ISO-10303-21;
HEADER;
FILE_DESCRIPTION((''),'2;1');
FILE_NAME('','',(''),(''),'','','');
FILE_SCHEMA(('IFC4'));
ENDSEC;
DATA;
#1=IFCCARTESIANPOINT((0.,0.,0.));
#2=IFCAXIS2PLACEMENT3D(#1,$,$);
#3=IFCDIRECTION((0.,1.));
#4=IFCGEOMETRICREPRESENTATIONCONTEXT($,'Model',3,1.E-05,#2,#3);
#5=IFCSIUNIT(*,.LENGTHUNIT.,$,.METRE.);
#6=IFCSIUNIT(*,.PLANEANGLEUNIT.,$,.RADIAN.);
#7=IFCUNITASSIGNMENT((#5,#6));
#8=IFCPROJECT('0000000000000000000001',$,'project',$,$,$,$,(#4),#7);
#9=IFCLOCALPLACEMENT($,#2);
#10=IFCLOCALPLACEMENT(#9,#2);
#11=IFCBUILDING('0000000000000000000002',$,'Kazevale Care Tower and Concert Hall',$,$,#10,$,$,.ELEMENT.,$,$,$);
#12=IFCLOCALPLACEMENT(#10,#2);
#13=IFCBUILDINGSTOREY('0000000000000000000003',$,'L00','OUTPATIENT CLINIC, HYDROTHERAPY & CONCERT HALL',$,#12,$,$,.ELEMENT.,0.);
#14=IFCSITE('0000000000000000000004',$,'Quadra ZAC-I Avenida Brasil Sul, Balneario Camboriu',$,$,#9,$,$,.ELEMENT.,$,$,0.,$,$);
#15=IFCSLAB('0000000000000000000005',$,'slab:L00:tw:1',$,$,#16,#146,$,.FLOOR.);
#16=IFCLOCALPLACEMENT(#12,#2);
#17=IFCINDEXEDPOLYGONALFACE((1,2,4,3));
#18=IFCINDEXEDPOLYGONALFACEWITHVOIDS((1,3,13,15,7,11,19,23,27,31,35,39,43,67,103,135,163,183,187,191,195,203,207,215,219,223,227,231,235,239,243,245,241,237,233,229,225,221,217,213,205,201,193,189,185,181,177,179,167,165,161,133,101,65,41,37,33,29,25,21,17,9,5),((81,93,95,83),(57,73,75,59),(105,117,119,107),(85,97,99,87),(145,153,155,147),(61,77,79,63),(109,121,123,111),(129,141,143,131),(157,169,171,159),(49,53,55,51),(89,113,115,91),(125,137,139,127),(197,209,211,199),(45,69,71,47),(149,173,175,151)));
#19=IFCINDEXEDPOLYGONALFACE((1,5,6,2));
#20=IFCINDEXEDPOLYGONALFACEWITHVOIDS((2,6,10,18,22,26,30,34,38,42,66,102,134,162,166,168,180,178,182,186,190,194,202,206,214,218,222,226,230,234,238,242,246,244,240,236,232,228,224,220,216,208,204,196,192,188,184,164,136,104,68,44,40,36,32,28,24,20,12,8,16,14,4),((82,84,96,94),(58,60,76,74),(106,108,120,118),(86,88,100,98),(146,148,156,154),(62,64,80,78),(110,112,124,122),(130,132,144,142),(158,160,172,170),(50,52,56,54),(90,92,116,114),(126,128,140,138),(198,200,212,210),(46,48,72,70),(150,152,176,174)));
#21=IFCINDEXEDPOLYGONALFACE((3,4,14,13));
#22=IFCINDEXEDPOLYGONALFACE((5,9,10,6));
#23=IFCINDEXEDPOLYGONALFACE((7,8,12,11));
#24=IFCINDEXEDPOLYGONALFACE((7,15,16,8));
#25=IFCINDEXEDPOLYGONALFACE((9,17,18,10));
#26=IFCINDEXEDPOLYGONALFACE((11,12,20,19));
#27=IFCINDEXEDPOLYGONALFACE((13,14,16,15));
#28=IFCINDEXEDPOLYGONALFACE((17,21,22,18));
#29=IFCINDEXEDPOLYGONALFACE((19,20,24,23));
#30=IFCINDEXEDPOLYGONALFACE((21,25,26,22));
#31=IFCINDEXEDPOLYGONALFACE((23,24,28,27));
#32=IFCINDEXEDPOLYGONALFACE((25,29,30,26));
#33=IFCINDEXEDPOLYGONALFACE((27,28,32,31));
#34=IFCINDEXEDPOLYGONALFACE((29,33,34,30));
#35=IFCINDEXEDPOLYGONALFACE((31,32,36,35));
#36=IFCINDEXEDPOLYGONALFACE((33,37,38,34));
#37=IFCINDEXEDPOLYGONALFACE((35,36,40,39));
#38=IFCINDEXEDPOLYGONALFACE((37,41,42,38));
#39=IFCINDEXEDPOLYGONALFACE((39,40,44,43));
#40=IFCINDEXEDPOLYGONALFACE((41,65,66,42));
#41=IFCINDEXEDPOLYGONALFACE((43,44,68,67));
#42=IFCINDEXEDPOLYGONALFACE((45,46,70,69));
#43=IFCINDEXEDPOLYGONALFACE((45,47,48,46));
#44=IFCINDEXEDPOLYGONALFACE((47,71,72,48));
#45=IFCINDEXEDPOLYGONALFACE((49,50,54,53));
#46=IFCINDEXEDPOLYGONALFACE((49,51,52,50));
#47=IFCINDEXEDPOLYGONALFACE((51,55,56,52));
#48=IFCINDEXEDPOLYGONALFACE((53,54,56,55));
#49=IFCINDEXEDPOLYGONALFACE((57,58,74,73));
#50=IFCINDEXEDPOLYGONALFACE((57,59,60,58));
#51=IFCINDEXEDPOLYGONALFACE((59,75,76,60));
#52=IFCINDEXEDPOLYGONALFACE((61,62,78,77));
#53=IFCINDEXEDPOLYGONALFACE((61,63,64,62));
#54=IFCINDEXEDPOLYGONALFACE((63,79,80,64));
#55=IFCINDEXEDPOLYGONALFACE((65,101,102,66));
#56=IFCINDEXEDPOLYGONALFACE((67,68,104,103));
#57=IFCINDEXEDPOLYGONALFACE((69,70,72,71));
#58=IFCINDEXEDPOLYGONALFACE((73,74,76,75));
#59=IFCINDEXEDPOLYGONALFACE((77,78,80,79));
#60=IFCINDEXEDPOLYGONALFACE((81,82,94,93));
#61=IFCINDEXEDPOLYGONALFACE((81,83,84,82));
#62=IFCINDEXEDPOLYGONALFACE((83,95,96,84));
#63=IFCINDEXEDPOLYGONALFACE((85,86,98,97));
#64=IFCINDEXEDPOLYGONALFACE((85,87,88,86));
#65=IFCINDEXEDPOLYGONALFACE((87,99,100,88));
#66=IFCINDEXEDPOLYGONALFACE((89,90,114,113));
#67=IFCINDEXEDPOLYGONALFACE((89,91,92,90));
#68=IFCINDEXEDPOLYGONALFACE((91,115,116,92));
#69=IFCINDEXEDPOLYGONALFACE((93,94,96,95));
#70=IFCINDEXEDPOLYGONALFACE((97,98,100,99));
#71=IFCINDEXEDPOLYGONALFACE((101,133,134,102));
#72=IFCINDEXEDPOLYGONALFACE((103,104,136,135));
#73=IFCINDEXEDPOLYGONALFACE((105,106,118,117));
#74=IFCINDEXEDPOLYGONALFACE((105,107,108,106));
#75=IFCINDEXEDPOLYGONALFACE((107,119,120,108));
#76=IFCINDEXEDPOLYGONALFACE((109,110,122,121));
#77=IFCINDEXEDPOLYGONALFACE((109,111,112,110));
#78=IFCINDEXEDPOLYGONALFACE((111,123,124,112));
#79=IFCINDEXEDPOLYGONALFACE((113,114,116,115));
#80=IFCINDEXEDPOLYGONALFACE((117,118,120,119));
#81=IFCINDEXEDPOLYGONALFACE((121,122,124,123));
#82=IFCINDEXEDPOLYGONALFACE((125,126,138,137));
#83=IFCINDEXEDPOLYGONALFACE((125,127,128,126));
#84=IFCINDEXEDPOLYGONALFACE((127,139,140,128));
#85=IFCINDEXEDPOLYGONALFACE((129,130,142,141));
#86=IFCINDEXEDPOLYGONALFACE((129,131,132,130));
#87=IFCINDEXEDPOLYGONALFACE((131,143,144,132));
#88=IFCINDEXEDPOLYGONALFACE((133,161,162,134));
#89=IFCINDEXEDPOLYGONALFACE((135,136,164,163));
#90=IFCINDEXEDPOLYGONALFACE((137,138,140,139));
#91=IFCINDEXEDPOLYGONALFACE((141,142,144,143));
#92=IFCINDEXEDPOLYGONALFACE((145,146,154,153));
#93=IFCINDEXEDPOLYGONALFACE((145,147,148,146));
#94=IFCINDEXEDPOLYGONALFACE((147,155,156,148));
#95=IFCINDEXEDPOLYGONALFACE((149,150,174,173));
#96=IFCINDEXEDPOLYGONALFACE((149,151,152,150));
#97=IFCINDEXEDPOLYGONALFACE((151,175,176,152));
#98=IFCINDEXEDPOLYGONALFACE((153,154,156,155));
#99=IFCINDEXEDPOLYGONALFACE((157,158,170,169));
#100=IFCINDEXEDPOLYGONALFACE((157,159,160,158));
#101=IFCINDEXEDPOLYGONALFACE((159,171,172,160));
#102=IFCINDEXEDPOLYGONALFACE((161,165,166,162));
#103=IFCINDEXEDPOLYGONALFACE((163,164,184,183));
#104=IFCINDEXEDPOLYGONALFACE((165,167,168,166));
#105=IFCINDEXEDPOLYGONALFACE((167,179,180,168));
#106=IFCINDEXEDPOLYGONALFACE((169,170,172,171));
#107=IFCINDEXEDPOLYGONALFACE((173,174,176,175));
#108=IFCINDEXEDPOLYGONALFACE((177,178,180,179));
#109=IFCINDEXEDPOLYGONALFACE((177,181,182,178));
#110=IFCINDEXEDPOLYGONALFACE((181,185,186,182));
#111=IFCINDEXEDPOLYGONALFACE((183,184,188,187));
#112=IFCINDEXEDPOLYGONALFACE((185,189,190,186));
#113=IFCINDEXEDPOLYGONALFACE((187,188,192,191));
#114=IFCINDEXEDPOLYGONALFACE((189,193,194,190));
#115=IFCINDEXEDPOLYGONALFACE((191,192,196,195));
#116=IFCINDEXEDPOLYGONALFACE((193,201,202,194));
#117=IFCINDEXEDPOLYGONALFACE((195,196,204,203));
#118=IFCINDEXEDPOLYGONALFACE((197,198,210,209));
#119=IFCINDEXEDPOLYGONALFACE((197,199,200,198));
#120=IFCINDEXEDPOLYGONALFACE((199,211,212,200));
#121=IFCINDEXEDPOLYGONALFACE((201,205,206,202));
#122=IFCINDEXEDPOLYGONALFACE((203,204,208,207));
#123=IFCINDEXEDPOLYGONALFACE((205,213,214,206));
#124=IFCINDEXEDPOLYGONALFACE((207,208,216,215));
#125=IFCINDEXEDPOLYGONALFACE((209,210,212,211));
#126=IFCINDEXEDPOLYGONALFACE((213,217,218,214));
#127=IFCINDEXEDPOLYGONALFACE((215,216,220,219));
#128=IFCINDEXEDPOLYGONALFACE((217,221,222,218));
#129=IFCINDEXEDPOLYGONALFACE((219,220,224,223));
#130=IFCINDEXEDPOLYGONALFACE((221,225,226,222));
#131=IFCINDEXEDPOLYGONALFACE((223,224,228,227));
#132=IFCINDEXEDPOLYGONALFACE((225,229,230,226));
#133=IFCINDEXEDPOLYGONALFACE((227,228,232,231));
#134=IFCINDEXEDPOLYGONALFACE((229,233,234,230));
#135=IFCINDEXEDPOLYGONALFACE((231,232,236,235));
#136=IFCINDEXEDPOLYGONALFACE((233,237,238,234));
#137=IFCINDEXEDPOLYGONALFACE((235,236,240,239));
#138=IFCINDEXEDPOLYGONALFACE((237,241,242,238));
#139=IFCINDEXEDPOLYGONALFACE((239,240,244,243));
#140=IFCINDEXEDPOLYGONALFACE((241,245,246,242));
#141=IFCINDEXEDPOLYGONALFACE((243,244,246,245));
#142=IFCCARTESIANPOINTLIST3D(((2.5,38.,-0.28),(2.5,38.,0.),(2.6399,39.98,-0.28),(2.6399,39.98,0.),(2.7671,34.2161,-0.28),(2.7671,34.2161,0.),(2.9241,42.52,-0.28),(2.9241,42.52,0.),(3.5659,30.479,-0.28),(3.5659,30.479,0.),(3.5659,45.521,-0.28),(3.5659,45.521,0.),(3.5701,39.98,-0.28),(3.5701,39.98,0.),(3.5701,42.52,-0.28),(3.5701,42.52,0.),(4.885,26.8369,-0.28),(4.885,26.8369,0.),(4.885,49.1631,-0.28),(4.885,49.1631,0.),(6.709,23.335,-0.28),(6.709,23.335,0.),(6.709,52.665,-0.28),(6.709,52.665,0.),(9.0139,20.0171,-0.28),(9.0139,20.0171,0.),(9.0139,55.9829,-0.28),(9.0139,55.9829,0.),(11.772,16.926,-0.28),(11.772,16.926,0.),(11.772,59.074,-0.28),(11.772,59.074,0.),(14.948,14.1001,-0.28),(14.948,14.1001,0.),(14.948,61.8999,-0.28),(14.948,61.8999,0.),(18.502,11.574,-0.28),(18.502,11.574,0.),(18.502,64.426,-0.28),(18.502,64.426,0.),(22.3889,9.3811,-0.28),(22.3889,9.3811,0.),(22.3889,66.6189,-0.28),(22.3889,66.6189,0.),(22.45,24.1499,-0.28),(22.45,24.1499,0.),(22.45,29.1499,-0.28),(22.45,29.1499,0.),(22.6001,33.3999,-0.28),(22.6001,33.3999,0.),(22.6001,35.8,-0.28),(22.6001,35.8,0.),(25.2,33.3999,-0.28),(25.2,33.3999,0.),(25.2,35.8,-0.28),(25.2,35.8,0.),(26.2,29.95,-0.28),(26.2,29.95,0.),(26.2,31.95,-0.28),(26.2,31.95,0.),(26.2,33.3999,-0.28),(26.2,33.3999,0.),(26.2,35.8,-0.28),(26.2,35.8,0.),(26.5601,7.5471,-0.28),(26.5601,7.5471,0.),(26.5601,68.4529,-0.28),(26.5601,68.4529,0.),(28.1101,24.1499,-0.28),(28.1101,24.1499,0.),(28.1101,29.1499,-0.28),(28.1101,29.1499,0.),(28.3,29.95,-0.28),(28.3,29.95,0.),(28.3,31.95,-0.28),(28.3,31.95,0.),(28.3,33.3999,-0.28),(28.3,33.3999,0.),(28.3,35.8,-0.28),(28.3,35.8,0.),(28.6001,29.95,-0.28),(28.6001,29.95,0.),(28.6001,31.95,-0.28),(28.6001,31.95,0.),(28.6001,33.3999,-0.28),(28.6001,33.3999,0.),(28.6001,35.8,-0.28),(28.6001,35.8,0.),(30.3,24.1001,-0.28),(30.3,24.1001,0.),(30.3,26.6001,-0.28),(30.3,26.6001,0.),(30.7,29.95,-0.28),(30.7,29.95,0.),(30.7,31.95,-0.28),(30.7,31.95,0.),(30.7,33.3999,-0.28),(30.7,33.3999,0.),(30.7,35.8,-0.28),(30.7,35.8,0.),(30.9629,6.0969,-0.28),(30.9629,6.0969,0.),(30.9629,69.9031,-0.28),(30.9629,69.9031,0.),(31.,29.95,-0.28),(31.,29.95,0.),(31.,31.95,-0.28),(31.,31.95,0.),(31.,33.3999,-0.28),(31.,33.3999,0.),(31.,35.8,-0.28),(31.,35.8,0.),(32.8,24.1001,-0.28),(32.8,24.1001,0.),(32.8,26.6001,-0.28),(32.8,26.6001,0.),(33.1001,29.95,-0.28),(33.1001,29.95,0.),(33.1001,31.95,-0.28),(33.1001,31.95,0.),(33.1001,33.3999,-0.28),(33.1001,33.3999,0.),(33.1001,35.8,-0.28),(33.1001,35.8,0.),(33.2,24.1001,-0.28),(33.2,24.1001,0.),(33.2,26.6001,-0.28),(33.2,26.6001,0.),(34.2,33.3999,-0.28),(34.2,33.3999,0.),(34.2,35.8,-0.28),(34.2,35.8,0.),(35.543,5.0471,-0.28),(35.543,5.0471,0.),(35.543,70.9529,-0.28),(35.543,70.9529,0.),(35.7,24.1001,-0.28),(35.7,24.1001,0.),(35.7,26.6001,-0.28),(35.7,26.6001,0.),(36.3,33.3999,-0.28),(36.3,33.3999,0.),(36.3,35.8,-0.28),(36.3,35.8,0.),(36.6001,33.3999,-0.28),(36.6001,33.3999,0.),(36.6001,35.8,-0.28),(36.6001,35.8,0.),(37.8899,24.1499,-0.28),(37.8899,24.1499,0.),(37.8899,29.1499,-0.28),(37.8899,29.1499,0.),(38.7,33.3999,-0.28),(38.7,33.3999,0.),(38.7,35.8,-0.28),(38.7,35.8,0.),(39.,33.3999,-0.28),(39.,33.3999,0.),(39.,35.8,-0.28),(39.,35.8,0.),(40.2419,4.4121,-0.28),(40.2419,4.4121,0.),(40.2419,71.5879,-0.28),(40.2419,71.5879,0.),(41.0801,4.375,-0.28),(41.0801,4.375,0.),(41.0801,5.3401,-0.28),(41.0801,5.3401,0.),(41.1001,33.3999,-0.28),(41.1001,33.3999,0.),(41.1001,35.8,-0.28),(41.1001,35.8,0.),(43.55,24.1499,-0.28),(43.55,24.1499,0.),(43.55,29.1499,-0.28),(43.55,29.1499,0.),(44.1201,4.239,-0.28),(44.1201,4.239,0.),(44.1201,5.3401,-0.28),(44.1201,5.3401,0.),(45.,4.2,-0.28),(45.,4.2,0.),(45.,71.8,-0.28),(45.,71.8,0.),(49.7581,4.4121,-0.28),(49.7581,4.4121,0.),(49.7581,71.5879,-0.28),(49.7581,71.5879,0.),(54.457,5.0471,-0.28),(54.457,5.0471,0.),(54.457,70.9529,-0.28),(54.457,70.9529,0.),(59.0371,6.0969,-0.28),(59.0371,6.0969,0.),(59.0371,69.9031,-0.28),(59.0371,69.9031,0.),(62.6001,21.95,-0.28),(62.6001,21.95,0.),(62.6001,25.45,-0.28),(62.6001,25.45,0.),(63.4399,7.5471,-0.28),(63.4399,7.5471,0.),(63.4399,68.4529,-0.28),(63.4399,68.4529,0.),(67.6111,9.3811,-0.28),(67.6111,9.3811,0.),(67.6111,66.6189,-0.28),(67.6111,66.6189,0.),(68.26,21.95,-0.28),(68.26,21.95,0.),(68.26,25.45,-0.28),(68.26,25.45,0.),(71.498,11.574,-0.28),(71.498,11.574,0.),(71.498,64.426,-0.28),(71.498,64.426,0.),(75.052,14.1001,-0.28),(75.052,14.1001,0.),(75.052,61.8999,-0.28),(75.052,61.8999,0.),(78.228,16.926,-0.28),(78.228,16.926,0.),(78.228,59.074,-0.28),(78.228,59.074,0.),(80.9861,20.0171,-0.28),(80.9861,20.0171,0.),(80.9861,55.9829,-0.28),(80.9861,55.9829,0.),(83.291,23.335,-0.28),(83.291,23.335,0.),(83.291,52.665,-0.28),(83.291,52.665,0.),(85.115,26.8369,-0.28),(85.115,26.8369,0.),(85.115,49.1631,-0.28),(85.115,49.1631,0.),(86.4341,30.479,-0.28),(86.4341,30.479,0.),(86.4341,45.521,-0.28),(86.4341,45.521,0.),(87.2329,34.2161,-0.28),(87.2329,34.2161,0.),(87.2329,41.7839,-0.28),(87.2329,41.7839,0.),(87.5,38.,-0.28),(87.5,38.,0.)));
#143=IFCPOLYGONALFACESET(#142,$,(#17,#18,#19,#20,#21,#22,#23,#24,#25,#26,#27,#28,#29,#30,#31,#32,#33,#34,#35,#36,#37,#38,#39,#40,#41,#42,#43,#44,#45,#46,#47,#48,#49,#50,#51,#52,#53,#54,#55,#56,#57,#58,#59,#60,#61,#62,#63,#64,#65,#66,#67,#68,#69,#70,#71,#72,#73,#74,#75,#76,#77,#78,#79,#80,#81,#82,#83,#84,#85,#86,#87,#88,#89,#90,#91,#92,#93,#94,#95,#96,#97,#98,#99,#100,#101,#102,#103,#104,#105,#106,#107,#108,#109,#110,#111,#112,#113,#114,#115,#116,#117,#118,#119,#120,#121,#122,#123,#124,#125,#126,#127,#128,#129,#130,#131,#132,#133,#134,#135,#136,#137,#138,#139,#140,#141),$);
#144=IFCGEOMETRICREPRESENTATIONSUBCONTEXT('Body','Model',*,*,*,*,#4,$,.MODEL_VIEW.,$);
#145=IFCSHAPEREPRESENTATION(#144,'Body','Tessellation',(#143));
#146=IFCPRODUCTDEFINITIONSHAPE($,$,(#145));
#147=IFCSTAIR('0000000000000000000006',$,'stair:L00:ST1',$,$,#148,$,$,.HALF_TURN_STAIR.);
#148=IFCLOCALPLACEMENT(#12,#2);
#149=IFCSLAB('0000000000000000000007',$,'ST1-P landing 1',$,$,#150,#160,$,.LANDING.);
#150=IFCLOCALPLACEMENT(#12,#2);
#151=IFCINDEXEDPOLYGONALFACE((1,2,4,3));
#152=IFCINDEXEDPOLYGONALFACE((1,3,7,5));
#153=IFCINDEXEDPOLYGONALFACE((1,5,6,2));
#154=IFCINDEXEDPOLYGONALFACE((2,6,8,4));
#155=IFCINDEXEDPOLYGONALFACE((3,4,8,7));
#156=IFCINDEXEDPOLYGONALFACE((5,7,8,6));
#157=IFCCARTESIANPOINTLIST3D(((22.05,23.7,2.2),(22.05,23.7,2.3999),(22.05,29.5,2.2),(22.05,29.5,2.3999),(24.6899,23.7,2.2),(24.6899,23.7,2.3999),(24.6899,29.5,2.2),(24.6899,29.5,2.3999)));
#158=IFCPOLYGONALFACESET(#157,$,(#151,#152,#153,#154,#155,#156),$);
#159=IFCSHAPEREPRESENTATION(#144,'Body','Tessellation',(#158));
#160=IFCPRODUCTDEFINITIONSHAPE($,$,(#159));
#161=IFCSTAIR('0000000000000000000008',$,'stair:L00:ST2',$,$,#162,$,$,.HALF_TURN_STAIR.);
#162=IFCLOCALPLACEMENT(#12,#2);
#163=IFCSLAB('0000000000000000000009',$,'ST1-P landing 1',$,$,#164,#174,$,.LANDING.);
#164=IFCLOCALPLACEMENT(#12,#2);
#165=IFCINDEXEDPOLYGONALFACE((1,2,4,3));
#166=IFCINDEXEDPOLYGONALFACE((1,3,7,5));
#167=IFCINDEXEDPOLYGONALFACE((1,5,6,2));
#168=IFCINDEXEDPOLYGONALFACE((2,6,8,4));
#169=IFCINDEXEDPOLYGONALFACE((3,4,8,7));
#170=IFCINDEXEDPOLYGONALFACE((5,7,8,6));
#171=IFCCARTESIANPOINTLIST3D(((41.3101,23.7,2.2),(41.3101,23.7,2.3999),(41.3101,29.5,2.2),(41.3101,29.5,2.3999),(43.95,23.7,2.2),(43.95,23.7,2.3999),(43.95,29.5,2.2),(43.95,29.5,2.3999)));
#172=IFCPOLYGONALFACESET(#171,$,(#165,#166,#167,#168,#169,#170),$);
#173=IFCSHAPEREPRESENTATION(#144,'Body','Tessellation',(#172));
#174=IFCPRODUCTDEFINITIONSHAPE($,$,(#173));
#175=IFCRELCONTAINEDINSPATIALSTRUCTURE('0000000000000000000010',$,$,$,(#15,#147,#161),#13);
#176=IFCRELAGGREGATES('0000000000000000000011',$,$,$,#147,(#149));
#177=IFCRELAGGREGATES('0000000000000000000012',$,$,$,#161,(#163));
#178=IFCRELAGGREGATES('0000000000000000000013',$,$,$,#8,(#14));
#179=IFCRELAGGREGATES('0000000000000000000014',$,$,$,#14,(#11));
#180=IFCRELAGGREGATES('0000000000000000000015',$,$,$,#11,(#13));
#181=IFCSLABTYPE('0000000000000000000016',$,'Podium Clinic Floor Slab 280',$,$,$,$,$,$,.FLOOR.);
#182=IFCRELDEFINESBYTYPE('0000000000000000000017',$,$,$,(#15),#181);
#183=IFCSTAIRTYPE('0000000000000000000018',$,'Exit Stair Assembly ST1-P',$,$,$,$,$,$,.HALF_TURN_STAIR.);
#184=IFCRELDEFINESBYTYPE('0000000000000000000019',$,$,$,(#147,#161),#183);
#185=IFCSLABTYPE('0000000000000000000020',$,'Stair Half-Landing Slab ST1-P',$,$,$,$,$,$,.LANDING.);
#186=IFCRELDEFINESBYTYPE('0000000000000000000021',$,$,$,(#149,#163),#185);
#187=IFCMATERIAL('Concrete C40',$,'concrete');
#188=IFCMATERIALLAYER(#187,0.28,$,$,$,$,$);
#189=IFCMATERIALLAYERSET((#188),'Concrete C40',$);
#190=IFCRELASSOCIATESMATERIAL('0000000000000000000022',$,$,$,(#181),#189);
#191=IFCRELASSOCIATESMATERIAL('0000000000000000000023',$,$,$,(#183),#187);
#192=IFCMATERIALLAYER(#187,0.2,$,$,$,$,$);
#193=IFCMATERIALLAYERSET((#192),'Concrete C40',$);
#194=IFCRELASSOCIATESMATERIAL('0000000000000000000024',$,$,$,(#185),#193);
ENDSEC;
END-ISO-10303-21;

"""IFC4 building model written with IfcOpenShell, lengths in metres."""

from ifc_helpers import new_model, si_unit, direction, frame, origin, place, context, subcontext, project, spatial, polyline, outline, extrude, material, layer, layer_set, type_object, element, aggregate, save


model = new_model("IFC4")

# Units and contexts
model_context = context("Model", 3, precision=1e-05, world=origin(), true_north=direction((0.0, 1.0)))
body_context = subcontext(model_context, "Body", "Model", "MODEL_VIEW")
ifc_project = project(units=[si_unit("LENGTHUNIT", "METRE"), si_unit("PLANEANGLEUNIT", "RADIAN")], contexts=[model_context])

# Site, building, storey
site_placement = place(None, origin())
site = spatial("IfcSite", under=ifc_project, at=site_placement, Name="Quadra ZAC-I Avenida Brasil Sul, Balneario Camboriu", CompositionType="ELEMENT", RefElevation=0.0)
building_placement = place(site_placement, origin())
building = spatial("IfcBuilding", under=site, at=building_placement, Name="Kazevale Care Tower and Concert Hall", CompositionType="ELEMENT")
storey_placement = place(building_placement, origin())
storey = spatial("IfcBuildingStorey", under=building, at=storey_placement, Name="L00", Description="OUTPATIENT CLINIC, HYDROTHERAPY & CONCERT HALL", CompositionType="ELEMENT", Elevation=0.0)

# Slab
ifc_material_1 = material(Name="Concrete C40", Category="concrete")
ifc_layer_1 = layer(ifc_material_1, 0.28)
ifc_layer_set_1 = layer_set([ifc_layer_1], Name="Concrete C40")
slab_type_1 = type_object("IfcSlabType", Name="Podium Clinic Floor Slab 280", PredefinedType="FLOOR", material=ifc_layer_set_1)
slab_1_placement = place(storey_placement, frame((0.0, 0.0, -0.28)))
element("IfcSlab", 1, at=slab_1_placement, inside=storey, type_object=slab_type_1, Name="slab:L00:tw:1", PredefinedType="FLOOR", context=body_context, shape_type="SweptSolid", body=[
    extrude(outline(polyline([(3.5659, 45.521), (4.885, 49.1631), (6.709, 52.665), (9.0139, 55.9829), (11.772, 59.074), (14.948, 61.8999), (18.502, 64.426), (22.3889, 66.6189), (26.5601, 68.4529), (30.9629, 69.9031), (35.543, 70.9529), (40.2419, 71.5879), (45.0, 71.8), (49.7581, 71.5879), (54.457, 70.9529), (59.0371, 69.9031), (63.4399, 68.4529), (67.6111, 66.6189), (71.498, 64.426), (75.052, 61.8999), (78.228, 59.074), (80.9861, 55.9829), (83.291, 52.665), (85.115, 49.1631), (86.4341, 45.521), (87.2329, 41.7839), (87.5, 38.0), (87.2329, 34.2161), (86.4341, 30.479), (85.115, 26.8369), (83.291, 23.335), (80.9861, 20.0171), (78.228, 16.926), (75.052, 14.1001), (71.498, 11.574), (67.6111, 9.3811), (63.4399, 7.5471), (59.0371, 6.0969), (54.457, 5.0471), (49.7581, 4.4121), (45.0, 4.2), (44.1201, 4.239), (44.1201, 5.3401), (41.0801, 5.3401), (41.0801, 4.375), (40.2419, 4.4121), (35.543, 5.0471), (30.9629, 6.0969), (26.5601, 7.5471), (22.3889, 9.3811), (18.502, 11.574), (14.948, 14.1001), (11.772, 16.926), (9.0139, 20.0171), (6.709, 23.335), (4.885, 26.8369), (3.5659, 30.479), (2.7671, 34.2161), (2.5, 38.0), (2.6399, 39.98), (3.5701, 39.98), (3.5701, 42.52), (2.9241, 42.52), (3.5659, 45.521)]), holes=[polyline([(22.45, 24.1499), (28.1101, 24.1499), (28.1101, 29.1499), (22.45, 29.1499), (22.45, 24.1499)]), polyline([(37.8899, 24.1499), (43.55, 24.1499), (43.55, 29.1499), (37.8899, 29.1499), (37.8899, 24.1499)]), polyline([(30.3, 24.1001), (32.8, 24.1001), (32.8, 26.6001), (30.3, 26.6001), (30.3, 24.1001)]), polyline([(33.2, 24.1001), (35.7, 24.1001), (35.7, 26.6001), (33.2, 26.6001), (33.2, 24.1001)]), polyline([(22.6001, 33.3999), (25.2, 33.3999), (25.2, 35.8), (22.6001, 35.8), (22.6001, 33.3999)]), polyline([(26.2, 33.3999), (28.3, 33.3999), (28.3, 35.8), (26.2, 35.8), (26.2, 33.3999)]), polyline([(28.6001, 33.3999), (30.7, 33.3999), (30.7, 35.8), (28.6001, 35.8), (28.6001, 33.3999)]), polyline([(31.0, 33.3999), (33.1001, 33.3999), (33.1001, 35.8), (31.0, 35.8), (31.0, 33.3999)]), polyline([(34.2, 33.3999), (36.3, 33.3999), (36.3, 35.8), (34.2, 35.8), (34.2, 33.3999)]), polyline([(36.6001, 33.3999), (38.7, 33.3999), (38.7, 35.8), (36.6001, 35.8), (36.6001, 33.3999)]), polyline([(39.0, 33.3999), (41.1001, 33.3999), (41.1001, 35.8), (39.0, 35.8), (39.0, 33.3999)]), polyline([(26.2, 29.95), (28.3, 29.95), (28.3, 31.95), (26.2, 31.95), (26.2, 29.95)]), polyline([(28.6001, 29.95), (30.7, 29.95), (30.7, 31.95), (28.6001, 31.95), (28.6001, 29.95)]), polyline([(31.0, 29.95), (33.1001, 29.95), (33.1001, 31.95), (31.0, 31.95), (31.0, 29.95)]), polyline([(62.6001, 21.95), (68.26, 21.95), (68.26, 25.45), (62.6001, 25.45), (62.6001, 21.95)])]), origin(), (0.0, 0.0, 1.0), 0.28),
])

# Stairs, slabs
stair_type_1 = type_object("IfcStairType", Name="Exit Stair Assembly ST1-P", PredefinedType="HALF_TURN_STAIR", material=ifc_material_1)
stair_1_placement = place(storey_placement, origin())
stair_1 = element("IfcStair", 2, at=stair_1_placement, inside=storey, type_object=stair_type_1, Name="stair:L00:ST1", PredefinedType="HALF_TURN_STAIR")
ifc_layer_2 = layer(ifc_material_1, 0.2)
ifc_layer_set_2 = layer_set([ifc_layer_2], Name="Concrete C40")
slab_type_2 = type_object("IfcSlabType", Name="Stair Half-Landing Slab ST1-P", PredefinedType="LANDING", material=ifc_layer_set_2)
slab_2_placement = place(storey_placement, frame((0.0, 0.0, 2.2)))
slab_2 = element("IfcSlab", 3, at=slab_2_placement, type_object=slab_type_2, Name="ST1-P landing 1", PredefinedType="LANDING", context=body_context, shape_type="SweptSolid", body=[
    extrude(outline(polyline([(22.05, 23.7), (24.6899, 23.7), (24.6899, 29.5), (22.05, 29.5), (22.05, 23.7)])), origin(), (0.0, 0.0, 1.0), 0.2),
])
aggregate(stair_1, [slab_2])
stair_2_placement = place(storey_placement, origin())
stair_2 = element("IfcStair", 4, at=stair_2_placement, inside=storey, type_object=stair_type_1, Name="stair:L00:ST2", PredefinedType="HALF_TURN_STAIR")
slab_3_placement = place(storey_placement, frame((0.0, 0.0, 2.2)))
slab_3 = element("IfcSlab", 5, at=slab_3_placement, type_object=slab_type_2, Name="ST1-P landing 1", PredefinedType="LANDING", context=body_context, shape_type="SweptSolid", body=[
    extrude(outline(polyline([(41.3101, 23.7), (43.95, 23.7), (43.95, 29.5), (41.3101, 29.5), (41.3101, 23.7)])), origin(), (0.0, 0.0, 1.0), 0.2),
])
aggregate(stair_2, [slab_3])

save(model, "model.ifc")
